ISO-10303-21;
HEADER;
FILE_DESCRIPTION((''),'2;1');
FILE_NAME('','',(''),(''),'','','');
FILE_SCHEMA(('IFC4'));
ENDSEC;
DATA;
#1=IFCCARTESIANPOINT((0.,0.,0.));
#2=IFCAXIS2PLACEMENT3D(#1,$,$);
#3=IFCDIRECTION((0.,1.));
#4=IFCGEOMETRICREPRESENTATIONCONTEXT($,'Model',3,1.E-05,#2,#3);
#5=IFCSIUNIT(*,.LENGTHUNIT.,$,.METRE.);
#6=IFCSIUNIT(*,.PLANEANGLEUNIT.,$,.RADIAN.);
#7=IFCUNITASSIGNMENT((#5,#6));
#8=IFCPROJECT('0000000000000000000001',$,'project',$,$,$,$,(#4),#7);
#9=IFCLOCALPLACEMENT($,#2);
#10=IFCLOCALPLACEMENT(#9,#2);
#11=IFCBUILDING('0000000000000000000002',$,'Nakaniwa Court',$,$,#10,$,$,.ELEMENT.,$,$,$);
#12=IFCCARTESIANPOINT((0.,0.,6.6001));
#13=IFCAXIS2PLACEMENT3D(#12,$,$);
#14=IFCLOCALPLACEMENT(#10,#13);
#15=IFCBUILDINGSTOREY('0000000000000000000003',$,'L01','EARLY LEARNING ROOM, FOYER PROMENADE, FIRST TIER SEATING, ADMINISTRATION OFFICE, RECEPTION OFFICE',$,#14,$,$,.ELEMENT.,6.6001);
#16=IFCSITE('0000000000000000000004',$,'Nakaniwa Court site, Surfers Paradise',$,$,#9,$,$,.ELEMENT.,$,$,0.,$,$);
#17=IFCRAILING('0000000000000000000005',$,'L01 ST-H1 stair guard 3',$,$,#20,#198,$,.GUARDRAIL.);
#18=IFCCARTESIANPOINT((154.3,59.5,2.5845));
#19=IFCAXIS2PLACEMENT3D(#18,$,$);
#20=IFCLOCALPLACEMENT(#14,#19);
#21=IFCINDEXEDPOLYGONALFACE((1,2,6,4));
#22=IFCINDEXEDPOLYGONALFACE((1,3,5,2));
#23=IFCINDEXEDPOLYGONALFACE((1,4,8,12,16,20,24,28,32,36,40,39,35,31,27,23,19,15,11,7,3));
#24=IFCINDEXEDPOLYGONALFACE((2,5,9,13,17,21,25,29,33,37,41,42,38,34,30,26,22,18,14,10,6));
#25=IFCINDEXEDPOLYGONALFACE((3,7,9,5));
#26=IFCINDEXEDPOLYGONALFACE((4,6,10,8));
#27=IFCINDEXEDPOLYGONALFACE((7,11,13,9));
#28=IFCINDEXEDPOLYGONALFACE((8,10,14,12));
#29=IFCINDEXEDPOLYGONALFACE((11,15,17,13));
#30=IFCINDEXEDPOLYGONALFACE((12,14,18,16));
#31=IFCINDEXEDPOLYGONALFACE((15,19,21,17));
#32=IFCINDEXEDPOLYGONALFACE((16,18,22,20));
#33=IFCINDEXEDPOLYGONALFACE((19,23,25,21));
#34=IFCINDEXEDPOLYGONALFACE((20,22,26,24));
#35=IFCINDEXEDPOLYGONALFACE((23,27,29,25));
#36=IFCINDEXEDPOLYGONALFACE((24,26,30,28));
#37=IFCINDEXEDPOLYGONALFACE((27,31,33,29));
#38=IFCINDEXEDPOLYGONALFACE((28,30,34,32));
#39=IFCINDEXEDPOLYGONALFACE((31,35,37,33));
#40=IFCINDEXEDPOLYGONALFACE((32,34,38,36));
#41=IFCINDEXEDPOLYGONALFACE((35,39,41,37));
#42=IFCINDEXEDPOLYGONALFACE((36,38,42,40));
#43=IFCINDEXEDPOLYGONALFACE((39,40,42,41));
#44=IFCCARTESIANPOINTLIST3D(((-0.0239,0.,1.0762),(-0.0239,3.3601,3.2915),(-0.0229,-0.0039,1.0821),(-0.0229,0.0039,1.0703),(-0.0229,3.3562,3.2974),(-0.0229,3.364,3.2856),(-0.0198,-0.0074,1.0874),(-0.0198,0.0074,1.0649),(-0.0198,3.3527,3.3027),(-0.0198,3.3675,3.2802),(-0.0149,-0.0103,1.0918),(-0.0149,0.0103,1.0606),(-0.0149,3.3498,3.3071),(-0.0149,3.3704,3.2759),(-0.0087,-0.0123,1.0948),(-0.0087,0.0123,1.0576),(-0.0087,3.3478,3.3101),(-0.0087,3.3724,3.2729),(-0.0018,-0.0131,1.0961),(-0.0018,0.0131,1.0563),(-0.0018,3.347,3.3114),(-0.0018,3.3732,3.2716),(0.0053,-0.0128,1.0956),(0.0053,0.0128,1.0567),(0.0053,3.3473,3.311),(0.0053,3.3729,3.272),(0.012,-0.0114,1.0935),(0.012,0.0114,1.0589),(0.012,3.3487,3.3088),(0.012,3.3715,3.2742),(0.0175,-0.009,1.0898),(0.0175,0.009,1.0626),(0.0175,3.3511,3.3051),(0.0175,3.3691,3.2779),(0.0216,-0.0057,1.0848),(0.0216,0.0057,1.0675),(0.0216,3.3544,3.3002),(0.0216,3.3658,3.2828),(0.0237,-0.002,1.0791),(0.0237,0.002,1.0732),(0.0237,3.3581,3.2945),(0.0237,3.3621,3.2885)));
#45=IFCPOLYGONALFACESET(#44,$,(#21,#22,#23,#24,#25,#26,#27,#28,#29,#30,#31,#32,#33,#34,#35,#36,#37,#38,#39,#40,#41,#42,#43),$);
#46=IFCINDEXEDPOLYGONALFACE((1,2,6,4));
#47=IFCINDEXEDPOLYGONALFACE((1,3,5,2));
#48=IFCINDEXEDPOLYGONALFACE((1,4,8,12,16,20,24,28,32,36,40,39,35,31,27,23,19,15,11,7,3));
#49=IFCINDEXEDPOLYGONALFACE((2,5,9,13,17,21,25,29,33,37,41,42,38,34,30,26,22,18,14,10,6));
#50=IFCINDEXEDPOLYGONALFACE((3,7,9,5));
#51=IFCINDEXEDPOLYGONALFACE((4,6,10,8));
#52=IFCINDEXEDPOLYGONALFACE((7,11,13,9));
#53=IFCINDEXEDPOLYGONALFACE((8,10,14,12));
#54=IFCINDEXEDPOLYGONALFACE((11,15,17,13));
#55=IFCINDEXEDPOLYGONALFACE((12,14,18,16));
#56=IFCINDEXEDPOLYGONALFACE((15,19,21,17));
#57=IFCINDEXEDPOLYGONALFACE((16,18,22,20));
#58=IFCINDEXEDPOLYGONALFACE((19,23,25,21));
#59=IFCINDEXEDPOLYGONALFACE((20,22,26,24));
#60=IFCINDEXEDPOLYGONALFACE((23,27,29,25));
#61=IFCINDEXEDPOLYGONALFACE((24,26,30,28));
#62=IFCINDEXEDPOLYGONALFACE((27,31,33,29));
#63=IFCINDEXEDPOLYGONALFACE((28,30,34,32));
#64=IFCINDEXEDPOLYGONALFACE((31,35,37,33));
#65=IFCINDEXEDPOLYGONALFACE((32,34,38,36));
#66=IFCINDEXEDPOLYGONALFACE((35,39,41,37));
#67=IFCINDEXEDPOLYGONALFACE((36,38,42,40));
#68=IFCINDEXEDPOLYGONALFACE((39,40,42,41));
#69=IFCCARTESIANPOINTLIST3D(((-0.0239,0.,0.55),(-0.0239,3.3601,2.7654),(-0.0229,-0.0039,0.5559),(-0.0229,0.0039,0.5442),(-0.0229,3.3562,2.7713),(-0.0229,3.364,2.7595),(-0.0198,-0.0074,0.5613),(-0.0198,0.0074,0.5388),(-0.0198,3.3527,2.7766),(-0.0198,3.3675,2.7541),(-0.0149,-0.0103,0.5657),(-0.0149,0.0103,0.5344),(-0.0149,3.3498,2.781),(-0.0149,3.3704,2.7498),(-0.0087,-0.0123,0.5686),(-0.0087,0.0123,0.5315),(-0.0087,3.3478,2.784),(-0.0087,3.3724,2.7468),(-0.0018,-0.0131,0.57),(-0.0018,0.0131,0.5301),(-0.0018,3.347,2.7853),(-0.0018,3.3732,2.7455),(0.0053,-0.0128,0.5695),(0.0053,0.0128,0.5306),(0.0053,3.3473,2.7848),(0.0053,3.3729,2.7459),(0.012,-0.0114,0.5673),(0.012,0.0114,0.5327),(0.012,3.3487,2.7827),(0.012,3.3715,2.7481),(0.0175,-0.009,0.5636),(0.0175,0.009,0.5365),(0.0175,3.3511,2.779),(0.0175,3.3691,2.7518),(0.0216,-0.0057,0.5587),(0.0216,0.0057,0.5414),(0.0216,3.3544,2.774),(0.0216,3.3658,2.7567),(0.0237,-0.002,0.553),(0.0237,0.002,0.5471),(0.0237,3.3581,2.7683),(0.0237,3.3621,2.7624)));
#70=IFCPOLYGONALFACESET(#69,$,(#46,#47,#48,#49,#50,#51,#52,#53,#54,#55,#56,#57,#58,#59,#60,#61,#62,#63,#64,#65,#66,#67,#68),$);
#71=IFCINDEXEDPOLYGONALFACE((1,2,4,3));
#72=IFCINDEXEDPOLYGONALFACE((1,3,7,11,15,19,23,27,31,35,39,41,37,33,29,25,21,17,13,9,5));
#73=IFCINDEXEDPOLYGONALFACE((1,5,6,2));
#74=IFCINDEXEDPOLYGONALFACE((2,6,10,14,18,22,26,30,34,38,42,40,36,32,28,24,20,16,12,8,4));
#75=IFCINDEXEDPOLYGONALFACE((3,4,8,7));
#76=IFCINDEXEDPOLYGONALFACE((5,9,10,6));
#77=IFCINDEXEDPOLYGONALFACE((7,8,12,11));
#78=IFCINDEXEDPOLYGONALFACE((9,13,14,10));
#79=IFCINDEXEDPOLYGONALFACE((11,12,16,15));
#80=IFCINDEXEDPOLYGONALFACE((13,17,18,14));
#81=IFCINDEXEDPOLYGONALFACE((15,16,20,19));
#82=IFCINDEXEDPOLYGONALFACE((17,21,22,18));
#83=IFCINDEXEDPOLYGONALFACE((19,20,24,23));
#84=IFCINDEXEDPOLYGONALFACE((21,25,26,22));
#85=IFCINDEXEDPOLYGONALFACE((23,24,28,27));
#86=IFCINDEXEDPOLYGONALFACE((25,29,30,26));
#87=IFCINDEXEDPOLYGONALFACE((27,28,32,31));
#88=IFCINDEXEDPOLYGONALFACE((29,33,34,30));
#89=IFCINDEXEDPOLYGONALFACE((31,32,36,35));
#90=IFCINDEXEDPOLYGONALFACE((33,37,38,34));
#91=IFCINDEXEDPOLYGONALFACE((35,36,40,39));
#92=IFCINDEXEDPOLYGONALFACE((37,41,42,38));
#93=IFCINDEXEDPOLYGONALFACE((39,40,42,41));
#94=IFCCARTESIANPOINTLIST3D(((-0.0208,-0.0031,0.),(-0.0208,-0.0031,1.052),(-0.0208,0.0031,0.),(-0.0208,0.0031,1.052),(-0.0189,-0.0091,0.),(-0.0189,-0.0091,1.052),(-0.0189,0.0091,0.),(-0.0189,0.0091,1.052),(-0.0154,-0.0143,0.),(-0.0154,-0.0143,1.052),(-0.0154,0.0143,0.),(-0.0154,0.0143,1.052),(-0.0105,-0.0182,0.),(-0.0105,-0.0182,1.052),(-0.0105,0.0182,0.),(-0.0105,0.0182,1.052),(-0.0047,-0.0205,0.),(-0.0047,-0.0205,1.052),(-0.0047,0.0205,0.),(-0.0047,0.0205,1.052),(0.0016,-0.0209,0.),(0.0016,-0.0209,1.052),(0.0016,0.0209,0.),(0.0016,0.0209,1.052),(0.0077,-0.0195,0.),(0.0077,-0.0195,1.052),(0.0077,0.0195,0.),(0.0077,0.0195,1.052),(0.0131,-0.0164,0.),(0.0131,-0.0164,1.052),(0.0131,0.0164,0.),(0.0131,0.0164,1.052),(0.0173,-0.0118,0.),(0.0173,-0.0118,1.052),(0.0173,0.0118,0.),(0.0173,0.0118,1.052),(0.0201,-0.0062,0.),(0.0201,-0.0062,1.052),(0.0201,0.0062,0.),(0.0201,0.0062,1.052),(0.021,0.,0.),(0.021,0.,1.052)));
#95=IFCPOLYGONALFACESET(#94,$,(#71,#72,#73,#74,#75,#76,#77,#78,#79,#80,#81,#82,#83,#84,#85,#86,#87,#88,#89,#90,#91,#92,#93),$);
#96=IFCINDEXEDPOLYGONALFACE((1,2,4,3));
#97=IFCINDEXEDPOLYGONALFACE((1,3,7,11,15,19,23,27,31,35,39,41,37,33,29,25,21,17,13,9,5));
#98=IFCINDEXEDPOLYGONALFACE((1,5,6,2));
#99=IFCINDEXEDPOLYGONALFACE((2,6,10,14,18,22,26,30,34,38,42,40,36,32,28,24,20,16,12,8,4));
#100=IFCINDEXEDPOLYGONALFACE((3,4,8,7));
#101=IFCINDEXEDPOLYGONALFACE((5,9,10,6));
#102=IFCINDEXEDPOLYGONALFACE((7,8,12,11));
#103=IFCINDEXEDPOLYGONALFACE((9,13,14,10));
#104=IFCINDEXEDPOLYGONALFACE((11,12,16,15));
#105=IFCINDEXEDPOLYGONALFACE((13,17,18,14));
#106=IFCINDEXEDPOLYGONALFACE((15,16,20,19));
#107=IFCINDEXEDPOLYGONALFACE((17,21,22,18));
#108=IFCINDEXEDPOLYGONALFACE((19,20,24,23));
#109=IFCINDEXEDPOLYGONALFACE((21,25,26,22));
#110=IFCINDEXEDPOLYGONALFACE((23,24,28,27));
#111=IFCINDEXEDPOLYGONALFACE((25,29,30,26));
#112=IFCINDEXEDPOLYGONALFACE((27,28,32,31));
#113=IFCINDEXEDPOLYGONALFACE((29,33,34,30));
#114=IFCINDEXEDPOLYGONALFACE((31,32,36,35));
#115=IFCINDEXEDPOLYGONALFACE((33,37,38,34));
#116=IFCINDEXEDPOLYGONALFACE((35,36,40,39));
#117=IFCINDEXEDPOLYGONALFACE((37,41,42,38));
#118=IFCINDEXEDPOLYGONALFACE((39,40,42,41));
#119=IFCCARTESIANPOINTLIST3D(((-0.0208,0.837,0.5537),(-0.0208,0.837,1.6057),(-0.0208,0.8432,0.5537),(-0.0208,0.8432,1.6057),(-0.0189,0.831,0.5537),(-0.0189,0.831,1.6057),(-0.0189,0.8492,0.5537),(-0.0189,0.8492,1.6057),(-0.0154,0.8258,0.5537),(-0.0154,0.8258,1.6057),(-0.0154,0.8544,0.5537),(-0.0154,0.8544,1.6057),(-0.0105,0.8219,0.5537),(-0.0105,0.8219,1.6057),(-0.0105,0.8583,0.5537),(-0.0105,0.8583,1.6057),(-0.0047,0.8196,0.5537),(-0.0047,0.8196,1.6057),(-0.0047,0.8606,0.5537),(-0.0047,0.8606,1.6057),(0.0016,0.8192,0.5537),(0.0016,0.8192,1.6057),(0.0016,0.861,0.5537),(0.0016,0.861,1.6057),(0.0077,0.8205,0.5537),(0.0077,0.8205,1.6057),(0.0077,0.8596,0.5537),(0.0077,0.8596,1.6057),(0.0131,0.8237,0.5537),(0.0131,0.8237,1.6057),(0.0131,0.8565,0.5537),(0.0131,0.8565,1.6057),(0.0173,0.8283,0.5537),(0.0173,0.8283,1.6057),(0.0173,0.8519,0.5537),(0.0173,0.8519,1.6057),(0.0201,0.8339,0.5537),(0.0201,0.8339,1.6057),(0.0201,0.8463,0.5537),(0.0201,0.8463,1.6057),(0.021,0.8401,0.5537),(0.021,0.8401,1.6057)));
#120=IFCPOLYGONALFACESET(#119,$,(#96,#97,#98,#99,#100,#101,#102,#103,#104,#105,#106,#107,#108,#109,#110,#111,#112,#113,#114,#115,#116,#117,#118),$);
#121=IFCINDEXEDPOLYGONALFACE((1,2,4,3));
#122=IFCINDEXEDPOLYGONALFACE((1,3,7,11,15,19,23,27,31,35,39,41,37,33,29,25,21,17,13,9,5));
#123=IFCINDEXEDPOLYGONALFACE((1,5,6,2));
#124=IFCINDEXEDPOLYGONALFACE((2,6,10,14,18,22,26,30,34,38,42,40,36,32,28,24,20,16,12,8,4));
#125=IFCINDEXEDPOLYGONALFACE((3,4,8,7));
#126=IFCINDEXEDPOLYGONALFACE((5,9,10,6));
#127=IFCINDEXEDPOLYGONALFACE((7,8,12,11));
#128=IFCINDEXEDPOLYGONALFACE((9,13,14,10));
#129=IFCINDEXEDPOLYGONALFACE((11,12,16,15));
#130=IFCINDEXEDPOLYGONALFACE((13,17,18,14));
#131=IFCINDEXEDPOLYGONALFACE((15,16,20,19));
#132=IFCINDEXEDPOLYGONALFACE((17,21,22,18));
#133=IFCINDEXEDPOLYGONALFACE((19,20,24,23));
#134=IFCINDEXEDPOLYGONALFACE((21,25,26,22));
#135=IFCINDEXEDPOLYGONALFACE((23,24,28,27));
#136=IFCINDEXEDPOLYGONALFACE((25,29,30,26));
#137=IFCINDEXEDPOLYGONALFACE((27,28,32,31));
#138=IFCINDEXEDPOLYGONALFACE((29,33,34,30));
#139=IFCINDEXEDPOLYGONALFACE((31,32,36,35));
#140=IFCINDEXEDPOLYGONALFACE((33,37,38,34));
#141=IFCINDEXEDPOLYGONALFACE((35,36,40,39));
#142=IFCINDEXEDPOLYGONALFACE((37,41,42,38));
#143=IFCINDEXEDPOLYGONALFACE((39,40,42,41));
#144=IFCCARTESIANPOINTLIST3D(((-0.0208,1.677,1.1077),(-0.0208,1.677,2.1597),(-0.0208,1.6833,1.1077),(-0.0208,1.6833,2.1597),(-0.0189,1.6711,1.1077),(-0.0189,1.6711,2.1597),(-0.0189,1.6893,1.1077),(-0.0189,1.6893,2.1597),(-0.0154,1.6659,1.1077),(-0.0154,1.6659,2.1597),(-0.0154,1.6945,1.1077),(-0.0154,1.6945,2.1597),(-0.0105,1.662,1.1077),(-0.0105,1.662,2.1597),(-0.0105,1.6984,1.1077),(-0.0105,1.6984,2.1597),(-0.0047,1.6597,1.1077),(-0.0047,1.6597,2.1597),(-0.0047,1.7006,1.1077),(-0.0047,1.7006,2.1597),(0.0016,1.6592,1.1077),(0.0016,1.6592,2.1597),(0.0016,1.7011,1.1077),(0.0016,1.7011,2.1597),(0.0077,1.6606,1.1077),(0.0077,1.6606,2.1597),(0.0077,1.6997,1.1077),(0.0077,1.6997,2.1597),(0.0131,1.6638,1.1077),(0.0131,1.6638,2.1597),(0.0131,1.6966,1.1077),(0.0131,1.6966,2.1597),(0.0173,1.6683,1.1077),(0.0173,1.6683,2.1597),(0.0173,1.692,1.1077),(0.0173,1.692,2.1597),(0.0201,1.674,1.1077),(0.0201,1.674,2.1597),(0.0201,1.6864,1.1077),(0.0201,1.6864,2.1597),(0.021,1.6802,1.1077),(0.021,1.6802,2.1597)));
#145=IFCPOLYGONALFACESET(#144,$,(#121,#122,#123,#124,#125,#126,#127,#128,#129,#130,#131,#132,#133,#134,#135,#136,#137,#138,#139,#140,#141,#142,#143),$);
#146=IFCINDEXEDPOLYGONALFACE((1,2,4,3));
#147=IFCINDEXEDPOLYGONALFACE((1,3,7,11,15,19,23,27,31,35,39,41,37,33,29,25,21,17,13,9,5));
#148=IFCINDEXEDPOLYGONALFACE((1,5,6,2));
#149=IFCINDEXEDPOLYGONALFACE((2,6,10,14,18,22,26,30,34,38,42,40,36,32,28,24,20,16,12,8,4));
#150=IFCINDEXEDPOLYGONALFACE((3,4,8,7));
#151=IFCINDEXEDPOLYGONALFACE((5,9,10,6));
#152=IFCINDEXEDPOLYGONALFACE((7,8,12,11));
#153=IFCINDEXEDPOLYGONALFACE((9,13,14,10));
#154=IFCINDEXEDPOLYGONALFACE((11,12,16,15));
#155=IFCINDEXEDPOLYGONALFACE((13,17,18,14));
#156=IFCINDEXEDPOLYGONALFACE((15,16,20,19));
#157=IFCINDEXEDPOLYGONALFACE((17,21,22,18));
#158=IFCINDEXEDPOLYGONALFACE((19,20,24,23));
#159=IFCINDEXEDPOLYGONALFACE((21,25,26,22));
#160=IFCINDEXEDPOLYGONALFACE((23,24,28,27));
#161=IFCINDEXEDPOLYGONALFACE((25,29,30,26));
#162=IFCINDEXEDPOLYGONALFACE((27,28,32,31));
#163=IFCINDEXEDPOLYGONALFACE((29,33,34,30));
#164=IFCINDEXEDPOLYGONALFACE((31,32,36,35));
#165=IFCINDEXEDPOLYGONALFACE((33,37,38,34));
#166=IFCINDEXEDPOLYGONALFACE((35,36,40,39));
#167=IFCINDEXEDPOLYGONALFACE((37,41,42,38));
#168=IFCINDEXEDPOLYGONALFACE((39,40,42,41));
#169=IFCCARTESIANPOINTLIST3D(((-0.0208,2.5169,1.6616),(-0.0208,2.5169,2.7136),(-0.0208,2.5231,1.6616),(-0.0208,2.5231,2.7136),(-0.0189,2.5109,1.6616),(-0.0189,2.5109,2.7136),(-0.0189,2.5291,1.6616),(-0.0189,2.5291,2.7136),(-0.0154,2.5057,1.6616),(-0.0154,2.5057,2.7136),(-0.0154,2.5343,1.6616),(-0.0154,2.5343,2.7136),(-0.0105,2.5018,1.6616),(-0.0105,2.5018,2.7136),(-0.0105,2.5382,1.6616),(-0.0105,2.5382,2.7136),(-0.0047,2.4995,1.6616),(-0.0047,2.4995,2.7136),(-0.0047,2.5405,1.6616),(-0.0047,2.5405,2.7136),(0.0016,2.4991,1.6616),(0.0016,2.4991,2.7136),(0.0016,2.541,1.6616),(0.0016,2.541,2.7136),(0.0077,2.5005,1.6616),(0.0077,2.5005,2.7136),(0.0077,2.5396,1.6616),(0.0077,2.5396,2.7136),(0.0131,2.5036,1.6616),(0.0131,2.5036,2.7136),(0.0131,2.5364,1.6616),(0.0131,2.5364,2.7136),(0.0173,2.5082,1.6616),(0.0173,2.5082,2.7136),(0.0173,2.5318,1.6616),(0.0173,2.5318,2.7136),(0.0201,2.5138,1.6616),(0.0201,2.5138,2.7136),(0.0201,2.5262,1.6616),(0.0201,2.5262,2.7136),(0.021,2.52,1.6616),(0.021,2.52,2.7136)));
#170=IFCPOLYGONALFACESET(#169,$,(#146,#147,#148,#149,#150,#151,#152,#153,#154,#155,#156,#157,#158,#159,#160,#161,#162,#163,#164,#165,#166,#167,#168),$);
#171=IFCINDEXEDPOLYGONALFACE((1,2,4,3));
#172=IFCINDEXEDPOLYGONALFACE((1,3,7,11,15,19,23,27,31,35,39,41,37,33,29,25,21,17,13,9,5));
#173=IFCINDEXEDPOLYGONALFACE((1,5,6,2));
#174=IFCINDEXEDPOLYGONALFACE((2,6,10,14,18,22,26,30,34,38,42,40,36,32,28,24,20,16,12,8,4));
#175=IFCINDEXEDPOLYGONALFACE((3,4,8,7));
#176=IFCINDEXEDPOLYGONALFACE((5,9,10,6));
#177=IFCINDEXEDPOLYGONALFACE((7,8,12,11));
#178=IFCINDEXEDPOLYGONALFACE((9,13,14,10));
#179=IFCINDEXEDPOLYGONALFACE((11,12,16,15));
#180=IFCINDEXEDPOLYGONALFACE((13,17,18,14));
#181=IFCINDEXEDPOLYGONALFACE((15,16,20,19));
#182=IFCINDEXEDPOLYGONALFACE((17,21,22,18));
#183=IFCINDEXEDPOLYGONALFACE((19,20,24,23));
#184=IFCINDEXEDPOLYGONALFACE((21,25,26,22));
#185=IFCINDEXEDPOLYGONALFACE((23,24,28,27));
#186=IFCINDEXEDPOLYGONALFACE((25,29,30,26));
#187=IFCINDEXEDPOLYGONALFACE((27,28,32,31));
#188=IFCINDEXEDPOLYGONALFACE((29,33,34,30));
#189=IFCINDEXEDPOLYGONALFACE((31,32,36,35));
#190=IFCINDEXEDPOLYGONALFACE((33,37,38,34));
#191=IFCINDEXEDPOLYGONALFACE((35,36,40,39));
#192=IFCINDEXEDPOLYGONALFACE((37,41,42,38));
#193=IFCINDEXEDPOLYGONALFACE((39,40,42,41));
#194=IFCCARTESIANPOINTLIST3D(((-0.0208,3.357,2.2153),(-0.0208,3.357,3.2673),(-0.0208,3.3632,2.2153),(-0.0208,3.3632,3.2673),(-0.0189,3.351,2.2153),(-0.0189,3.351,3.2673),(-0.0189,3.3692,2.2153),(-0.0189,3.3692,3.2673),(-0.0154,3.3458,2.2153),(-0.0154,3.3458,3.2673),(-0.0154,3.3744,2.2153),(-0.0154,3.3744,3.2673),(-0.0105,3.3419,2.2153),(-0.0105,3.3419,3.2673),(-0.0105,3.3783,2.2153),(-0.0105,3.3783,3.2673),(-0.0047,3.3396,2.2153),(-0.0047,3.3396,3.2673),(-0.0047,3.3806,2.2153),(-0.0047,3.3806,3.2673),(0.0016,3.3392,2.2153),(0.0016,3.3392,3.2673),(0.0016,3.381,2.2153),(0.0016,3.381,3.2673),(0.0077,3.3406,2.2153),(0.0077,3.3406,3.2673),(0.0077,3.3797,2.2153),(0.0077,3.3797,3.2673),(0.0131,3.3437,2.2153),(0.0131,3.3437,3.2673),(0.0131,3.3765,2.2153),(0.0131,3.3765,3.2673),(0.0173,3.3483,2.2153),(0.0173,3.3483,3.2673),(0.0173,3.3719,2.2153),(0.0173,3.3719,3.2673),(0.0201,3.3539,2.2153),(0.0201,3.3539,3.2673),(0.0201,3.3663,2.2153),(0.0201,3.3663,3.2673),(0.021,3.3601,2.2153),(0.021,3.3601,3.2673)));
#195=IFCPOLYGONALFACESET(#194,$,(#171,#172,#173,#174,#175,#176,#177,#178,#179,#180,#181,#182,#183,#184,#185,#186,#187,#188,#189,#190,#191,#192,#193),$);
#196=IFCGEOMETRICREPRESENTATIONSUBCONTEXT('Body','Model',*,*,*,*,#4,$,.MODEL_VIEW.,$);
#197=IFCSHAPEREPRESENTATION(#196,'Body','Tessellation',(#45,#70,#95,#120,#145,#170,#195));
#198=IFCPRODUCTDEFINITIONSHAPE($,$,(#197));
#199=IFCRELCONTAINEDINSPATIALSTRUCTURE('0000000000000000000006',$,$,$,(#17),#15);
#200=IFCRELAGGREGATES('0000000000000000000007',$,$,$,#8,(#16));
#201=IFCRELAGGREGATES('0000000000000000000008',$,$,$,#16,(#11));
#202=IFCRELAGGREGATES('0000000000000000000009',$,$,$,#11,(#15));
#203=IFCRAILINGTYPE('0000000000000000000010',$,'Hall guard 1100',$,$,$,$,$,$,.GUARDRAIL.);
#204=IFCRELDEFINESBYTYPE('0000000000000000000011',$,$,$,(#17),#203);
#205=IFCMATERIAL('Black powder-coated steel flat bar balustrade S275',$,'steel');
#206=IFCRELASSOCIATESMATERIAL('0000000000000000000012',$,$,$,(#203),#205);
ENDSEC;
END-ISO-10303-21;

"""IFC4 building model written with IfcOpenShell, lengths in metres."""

from ifc_helpers import new_model, si_unit, direction, frame, origin, origin_2d, place, context, subcontext, project, spatial, circle, extrude, material, type_object, element, save


model = new_model("IFC4")

# Units and contexts
model_context = context("Model", 3, precision=1e-05, world=origin(), true_north=direction((0.0, 1.0)))
body_context = subcontext(model_context, "Body", "Model", "MODEL_VIEW")
ifc_project = project(units=[si_unit("LENGTHUNIT", "METRE"), si_unit("PLANEANGLEUNIT", "RADIAN")], contexts=[model_context])

# Site, building, storey
site_placement = place(None, origin())
site = spatial("IfcSite", under=ifc_project, at=site_placement, Name="Nakaniwa Court site, Surfers Paradise", CompositionType="ELEMENT", RefElevation=0.0)
building_placement = place(site_placement, origin())
building = spatial("IfcBuilding", under=site, at=building_placement, Name="Nakaniwa Court", CompositionType="ELEMENT")
storey_placement = place(building_placement, frame((0.0, 0.0, 6.6001)))
storey = spatial("IfcBuildingStorey", under=building, at=storey_placement, Name="L01", Description="EARLY LEARNING ROOM, FOYER PROMENADE, FIRST TIER SEATING, ADMINISTRATION OFFICE, RECEPTION OFFICE", CompositionType="ELEMENT", Elevation=6.6001)

# Railing
ifc_material_1 = material(Name="Black powder-coated steel flat bar balustrade S275", Category="steel")
railing_type_1 = type_object("IfcRailingType", Name="Hall guard 1100", PredefinedType="GUARDRAIL", material=ifc_material_1)
railing_1_placement = place(storey_placement, frame((154.3, 59.5, 2.5845)))
element("IfcRailing", 1, at=railing_1_placement, inside=storey, type_object=railing_type_1, Name="L01 ST-H1 stair guard 3", PredefinedType="GUARDRAIL", context=body_context, shape_type="SweptSolid", body=[
    extrude(circle(Radius=0.0239, at=origin_2d()), frame((0.0, 0.0, 1.0762), z_axis=(0.0, 0.834876, 0.550437), x_axis=(-1.0, 0.0, 0.0)), (0.0, 0.0, 1.0), 4.0247),
    extrude(circle(Radius=0.0239, at=origin_2d()), frame((0.0, 0.0, 0.55), z_axis=(0.0, 0.834876, 0.550437), x_axis=(-1.0, 0.0, 0.0)), (0.0, 0.0, 1.0), 4.0247),
    extrude(circle(Radius=0.021, at=origin_2d()), origin(), (0.0, 0.0, 1.0), 1.052),
    extrude(circle(Radius=0.021, at=origin_2d()), frame((0.0, 0.8401, 0.5537)), (0.0, 0.0, 1.0), 1.052),
    extrude(circle(Radius=0.021, at=origin_2d()), frame((0.0, 1.6802, 1.1077)), (0.0, 0.0, 1.0), 1.052),
    extrude(circle(Radius=0.021, at=origin_2d()), frame((0.0, 2.52, 1.6616)), (0.0, 0.0, 1.0), 1.052),
    extrude(circle(Radius=0.021, at=origin_2d()), frame((0.0, 3.3601, 2.2153)), (0.0, 0.0, 1.0), 1.052),
])

save(model, "model.ifc")
